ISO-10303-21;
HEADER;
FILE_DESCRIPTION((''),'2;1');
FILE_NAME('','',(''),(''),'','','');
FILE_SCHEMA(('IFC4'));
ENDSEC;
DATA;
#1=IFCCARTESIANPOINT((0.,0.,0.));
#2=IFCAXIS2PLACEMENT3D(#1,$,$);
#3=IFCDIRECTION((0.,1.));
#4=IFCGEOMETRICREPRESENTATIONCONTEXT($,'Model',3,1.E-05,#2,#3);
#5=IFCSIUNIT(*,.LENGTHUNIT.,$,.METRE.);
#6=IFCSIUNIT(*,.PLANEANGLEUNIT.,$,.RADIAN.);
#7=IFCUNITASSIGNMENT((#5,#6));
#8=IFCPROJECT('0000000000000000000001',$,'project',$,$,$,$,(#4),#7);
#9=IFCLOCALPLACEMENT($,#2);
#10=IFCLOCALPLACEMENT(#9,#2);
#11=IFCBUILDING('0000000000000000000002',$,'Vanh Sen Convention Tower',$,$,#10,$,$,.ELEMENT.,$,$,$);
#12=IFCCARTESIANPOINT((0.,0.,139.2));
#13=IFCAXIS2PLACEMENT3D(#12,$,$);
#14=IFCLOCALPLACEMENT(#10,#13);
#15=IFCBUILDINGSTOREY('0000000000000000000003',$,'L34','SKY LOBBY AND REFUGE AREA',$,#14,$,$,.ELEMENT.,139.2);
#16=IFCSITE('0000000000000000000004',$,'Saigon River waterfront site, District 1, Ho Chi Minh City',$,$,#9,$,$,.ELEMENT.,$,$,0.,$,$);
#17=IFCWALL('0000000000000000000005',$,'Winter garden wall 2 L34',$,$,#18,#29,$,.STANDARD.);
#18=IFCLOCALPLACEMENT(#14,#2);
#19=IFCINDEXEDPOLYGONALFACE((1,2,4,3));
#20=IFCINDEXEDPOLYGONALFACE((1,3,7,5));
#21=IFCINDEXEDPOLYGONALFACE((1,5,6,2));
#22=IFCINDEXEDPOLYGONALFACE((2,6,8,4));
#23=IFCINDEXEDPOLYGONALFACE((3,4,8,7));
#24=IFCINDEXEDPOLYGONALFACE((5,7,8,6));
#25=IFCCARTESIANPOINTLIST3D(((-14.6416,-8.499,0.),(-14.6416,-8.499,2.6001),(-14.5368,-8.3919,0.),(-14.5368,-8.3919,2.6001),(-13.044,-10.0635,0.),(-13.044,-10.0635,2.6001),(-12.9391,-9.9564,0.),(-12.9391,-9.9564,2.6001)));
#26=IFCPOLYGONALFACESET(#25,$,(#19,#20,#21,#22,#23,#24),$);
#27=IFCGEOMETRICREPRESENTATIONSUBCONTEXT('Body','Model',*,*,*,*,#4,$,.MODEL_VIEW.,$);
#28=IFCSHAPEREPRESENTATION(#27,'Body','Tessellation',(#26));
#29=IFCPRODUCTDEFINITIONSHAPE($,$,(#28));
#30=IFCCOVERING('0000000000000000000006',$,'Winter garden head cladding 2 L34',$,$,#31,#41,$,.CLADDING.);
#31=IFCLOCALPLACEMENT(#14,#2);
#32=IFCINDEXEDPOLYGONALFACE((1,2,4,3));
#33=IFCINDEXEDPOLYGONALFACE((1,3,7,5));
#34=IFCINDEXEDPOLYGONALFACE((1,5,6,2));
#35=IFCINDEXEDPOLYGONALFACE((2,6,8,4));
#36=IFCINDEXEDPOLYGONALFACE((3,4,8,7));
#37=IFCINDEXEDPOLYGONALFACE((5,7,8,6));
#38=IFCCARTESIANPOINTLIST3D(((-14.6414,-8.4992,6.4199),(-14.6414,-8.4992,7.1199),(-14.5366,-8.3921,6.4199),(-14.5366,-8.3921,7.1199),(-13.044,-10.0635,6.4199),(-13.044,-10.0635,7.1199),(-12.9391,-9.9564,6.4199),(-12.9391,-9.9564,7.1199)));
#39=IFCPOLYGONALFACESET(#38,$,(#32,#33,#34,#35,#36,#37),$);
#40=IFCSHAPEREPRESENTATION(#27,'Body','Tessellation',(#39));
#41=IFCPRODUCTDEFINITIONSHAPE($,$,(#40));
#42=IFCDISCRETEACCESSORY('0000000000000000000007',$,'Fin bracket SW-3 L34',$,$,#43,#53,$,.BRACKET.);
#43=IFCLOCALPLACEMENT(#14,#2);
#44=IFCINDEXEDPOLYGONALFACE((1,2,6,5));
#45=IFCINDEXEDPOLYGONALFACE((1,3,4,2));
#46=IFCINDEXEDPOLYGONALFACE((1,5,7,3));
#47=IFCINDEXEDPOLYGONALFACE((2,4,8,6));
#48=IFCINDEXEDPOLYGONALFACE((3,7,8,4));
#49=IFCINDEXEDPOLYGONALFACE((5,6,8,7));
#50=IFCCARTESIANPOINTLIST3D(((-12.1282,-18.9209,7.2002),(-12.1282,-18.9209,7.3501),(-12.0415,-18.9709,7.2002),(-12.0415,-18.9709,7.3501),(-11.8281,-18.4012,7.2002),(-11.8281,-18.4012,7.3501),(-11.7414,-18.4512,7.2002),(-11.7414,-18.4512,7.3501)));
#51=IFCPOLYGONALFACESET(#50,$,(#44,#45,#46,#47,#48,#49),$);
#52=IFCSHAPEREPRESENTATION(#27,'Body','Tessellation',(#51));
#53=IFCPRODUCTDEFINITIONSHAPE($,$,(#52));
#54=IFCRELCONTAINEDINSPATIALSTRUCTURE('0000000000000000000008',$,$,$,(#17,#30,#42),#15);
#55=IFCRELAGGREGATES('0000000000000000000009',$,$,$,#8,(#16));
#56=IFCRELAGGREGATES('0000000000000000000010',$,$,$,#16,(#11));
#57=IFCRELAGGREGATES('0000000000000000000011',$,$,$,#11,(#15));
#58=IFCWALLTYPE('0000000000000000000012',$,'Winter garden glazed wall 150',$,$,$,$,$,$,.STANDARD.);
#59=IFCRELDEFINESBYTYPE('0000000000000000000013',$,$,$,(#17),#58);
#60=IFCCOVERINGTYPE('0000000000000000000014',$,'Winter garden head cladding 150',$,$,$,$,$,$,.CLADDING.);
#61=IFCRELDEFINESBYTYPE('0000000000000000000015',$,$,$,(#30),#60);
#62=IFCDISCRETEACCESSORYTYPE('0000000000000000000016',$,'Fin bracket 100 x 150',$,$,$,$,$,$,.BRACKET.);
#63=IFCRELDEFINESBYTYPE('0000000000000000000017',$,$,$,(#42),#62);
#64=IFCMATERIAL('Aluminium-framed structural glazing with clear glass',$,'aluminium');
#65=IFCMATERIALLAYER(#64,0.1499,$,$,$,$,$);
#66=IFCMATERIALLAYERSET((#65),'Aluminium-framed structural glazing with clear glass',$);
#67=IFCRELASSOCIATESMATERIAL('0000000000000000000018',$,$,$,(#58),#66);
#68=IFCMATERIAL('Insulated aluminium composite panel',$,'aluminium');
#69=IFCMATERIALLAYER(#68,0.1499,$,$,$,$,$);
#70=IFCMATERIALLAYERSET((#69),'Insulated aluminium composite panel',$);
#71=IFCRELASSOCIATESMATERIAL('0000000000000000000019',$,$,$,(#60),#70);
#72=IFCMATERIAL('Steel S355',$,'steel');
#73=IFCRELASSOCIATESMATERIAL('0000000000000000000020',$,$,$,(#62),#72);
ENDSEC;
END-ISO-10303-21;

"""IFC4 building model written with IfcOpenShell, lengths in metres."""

from ifc_helpers import new_model, si_unit, direction, frame, frame_2d, origin, origin_2d, place, context, subcontext, project, spatial, rectangle, extrude, material, layer, layer_set, type_object, element, save


model = new_model("IFC4")

# Units and contexts
model_context = context("Model", 3, precision=1e-05, world=origin(), true_north=direction((0.0, 1.0)))
body_context = subcontext(model_context, "Body", "Model", "MODEL_VIEW")
ifc_project = project(units=[si_unit("LENGTHUNIT", "METRE"), si_unit("PLANEANGLEUNIT", "RADIAN")], contexts=[model_context])

# Site, building, storey
site_placement = place(None, origin())
site = spatial("IfcSite", under=ifc_project, at=site_placement, Name="Saigon River waterfront site, District 1, Ho Chi Minh City", CompositionType="ELEMENT", RefElevation=0.0)
building_placement = place(site_placement, origin())
building = spatial("IfcBuilding", under=site, at=building_placement, Name="Vanh Sen Convention Tower", CompositionType="ELEMENT")
storey_placement = place(building_placement, frame((0.0, 0.0, 139.2)))
storey = spatial("IfcBuildingStorey", under=building, at=storey_placement, Name="L34", Description="SKY LOBBY AND REFUGE AREA", CompositionType="ELEMENT", Elevation=139.2)

# Wall
ifc_material_1 = material(Name="Aluminium-framed structural glazing with clear glass", Category="aluminium")
ifc_layer_1 = layer(ifc_material_1, 0.1499)
ifc_layer_set_1 = layer_set([ifc_layer_1], Name="Aluminium-framed structural glazing with clear glass")
wall_type = type_object("IfcWallType", Name="Winter garden glazed wall 150", PredefinedType="STANDARD", material=ifc_layer_set_1)
wall_placement = place(storey_placement, frame((-12.9915, -10.01, 0.0), z_axis=(0.0, 0.0, 1.0), x_axis=(-0.714492, 0.699643, 0.0)))
element("IfcWall", 1, at=wall_placement, inside=storey, type_object=wall_type, Name="Winter garden wall 2 L34", PredefinedType="STANDARD", context=body_context, shape_type="SweptSolid", body=[
    extrude(rectangle(XDim=2.2361, YDim=0.1499, at=frame_2d((1.1182, 0.0))), origin(), (0.0, 0.0, 1.0), 2.6001),
])

# Covering
ifc_material_2 = material(Name="Insulated aluminium composite panel", Category="aluminium")
ifc_layer_2 = layer(ifc_material_2, 0.1499)
ifc_layer_set_2 = layer_set([ifc_layer_2], Name="Insulated aluminium composite panel")
covering_type = type_object("IfcCoveringType", Name="Winter garden head cladding 150", PredefinedType="CLADDING", material=ifc_layer_set_2)
covering_placement = place(storey_placement, frame((-13.7903, -9.2278, 6.4199), z_axis=(0.0, 0.0, 1.0), x_axis=(-0.71446, 0.699676, 0.0)))
element("IfcCovering", 2, at=covering_placement, inside=storey, type_object=covering_type, Name="Winter garden head cladding 2 L34", PredefinedType="CLADDING", context=body_context, shape_type="SweptSolid", body=[
    extrude(rectangle(XDim=2.2358, YDim=0.1499, at=origin_2d()), origin(), (0.0, 0.0, 1.0), 0.7),
])

# Discrete accessory
ifc_material_3 = material(Name="Steel S355", Category="steel")
discrete_accessory_type = type_object("IfcDiscreteAccessoryType", Name="Fin bracket 100 x 150", PredefinedType="BRACKET", material=ifc_material_3)
discrete_accessory_placement = place(storey_placement, frame((-11.9348, -18.686, 7.2002), z_axis=(0.0, 0.0, 1.0), x_axis=(-0.5, -0.866025, 0.0)))
element("IfcDiscreteAccessory", 3, at=discrete_accessory_placement, inside=storey, type_object=discrete_accessory_type, Name="Fin bracket SW-3 L34", PredefinedType="BRACKET", context=body_context, shape_type="SweptSolid", body=[
    extrude(rectangle(XDim=0.6001, YDim=0.1001, at=origin_2d()), origin(), (0.0, 0.0, 1.0), 0.1499),
])

save(model, "model.ifc")
